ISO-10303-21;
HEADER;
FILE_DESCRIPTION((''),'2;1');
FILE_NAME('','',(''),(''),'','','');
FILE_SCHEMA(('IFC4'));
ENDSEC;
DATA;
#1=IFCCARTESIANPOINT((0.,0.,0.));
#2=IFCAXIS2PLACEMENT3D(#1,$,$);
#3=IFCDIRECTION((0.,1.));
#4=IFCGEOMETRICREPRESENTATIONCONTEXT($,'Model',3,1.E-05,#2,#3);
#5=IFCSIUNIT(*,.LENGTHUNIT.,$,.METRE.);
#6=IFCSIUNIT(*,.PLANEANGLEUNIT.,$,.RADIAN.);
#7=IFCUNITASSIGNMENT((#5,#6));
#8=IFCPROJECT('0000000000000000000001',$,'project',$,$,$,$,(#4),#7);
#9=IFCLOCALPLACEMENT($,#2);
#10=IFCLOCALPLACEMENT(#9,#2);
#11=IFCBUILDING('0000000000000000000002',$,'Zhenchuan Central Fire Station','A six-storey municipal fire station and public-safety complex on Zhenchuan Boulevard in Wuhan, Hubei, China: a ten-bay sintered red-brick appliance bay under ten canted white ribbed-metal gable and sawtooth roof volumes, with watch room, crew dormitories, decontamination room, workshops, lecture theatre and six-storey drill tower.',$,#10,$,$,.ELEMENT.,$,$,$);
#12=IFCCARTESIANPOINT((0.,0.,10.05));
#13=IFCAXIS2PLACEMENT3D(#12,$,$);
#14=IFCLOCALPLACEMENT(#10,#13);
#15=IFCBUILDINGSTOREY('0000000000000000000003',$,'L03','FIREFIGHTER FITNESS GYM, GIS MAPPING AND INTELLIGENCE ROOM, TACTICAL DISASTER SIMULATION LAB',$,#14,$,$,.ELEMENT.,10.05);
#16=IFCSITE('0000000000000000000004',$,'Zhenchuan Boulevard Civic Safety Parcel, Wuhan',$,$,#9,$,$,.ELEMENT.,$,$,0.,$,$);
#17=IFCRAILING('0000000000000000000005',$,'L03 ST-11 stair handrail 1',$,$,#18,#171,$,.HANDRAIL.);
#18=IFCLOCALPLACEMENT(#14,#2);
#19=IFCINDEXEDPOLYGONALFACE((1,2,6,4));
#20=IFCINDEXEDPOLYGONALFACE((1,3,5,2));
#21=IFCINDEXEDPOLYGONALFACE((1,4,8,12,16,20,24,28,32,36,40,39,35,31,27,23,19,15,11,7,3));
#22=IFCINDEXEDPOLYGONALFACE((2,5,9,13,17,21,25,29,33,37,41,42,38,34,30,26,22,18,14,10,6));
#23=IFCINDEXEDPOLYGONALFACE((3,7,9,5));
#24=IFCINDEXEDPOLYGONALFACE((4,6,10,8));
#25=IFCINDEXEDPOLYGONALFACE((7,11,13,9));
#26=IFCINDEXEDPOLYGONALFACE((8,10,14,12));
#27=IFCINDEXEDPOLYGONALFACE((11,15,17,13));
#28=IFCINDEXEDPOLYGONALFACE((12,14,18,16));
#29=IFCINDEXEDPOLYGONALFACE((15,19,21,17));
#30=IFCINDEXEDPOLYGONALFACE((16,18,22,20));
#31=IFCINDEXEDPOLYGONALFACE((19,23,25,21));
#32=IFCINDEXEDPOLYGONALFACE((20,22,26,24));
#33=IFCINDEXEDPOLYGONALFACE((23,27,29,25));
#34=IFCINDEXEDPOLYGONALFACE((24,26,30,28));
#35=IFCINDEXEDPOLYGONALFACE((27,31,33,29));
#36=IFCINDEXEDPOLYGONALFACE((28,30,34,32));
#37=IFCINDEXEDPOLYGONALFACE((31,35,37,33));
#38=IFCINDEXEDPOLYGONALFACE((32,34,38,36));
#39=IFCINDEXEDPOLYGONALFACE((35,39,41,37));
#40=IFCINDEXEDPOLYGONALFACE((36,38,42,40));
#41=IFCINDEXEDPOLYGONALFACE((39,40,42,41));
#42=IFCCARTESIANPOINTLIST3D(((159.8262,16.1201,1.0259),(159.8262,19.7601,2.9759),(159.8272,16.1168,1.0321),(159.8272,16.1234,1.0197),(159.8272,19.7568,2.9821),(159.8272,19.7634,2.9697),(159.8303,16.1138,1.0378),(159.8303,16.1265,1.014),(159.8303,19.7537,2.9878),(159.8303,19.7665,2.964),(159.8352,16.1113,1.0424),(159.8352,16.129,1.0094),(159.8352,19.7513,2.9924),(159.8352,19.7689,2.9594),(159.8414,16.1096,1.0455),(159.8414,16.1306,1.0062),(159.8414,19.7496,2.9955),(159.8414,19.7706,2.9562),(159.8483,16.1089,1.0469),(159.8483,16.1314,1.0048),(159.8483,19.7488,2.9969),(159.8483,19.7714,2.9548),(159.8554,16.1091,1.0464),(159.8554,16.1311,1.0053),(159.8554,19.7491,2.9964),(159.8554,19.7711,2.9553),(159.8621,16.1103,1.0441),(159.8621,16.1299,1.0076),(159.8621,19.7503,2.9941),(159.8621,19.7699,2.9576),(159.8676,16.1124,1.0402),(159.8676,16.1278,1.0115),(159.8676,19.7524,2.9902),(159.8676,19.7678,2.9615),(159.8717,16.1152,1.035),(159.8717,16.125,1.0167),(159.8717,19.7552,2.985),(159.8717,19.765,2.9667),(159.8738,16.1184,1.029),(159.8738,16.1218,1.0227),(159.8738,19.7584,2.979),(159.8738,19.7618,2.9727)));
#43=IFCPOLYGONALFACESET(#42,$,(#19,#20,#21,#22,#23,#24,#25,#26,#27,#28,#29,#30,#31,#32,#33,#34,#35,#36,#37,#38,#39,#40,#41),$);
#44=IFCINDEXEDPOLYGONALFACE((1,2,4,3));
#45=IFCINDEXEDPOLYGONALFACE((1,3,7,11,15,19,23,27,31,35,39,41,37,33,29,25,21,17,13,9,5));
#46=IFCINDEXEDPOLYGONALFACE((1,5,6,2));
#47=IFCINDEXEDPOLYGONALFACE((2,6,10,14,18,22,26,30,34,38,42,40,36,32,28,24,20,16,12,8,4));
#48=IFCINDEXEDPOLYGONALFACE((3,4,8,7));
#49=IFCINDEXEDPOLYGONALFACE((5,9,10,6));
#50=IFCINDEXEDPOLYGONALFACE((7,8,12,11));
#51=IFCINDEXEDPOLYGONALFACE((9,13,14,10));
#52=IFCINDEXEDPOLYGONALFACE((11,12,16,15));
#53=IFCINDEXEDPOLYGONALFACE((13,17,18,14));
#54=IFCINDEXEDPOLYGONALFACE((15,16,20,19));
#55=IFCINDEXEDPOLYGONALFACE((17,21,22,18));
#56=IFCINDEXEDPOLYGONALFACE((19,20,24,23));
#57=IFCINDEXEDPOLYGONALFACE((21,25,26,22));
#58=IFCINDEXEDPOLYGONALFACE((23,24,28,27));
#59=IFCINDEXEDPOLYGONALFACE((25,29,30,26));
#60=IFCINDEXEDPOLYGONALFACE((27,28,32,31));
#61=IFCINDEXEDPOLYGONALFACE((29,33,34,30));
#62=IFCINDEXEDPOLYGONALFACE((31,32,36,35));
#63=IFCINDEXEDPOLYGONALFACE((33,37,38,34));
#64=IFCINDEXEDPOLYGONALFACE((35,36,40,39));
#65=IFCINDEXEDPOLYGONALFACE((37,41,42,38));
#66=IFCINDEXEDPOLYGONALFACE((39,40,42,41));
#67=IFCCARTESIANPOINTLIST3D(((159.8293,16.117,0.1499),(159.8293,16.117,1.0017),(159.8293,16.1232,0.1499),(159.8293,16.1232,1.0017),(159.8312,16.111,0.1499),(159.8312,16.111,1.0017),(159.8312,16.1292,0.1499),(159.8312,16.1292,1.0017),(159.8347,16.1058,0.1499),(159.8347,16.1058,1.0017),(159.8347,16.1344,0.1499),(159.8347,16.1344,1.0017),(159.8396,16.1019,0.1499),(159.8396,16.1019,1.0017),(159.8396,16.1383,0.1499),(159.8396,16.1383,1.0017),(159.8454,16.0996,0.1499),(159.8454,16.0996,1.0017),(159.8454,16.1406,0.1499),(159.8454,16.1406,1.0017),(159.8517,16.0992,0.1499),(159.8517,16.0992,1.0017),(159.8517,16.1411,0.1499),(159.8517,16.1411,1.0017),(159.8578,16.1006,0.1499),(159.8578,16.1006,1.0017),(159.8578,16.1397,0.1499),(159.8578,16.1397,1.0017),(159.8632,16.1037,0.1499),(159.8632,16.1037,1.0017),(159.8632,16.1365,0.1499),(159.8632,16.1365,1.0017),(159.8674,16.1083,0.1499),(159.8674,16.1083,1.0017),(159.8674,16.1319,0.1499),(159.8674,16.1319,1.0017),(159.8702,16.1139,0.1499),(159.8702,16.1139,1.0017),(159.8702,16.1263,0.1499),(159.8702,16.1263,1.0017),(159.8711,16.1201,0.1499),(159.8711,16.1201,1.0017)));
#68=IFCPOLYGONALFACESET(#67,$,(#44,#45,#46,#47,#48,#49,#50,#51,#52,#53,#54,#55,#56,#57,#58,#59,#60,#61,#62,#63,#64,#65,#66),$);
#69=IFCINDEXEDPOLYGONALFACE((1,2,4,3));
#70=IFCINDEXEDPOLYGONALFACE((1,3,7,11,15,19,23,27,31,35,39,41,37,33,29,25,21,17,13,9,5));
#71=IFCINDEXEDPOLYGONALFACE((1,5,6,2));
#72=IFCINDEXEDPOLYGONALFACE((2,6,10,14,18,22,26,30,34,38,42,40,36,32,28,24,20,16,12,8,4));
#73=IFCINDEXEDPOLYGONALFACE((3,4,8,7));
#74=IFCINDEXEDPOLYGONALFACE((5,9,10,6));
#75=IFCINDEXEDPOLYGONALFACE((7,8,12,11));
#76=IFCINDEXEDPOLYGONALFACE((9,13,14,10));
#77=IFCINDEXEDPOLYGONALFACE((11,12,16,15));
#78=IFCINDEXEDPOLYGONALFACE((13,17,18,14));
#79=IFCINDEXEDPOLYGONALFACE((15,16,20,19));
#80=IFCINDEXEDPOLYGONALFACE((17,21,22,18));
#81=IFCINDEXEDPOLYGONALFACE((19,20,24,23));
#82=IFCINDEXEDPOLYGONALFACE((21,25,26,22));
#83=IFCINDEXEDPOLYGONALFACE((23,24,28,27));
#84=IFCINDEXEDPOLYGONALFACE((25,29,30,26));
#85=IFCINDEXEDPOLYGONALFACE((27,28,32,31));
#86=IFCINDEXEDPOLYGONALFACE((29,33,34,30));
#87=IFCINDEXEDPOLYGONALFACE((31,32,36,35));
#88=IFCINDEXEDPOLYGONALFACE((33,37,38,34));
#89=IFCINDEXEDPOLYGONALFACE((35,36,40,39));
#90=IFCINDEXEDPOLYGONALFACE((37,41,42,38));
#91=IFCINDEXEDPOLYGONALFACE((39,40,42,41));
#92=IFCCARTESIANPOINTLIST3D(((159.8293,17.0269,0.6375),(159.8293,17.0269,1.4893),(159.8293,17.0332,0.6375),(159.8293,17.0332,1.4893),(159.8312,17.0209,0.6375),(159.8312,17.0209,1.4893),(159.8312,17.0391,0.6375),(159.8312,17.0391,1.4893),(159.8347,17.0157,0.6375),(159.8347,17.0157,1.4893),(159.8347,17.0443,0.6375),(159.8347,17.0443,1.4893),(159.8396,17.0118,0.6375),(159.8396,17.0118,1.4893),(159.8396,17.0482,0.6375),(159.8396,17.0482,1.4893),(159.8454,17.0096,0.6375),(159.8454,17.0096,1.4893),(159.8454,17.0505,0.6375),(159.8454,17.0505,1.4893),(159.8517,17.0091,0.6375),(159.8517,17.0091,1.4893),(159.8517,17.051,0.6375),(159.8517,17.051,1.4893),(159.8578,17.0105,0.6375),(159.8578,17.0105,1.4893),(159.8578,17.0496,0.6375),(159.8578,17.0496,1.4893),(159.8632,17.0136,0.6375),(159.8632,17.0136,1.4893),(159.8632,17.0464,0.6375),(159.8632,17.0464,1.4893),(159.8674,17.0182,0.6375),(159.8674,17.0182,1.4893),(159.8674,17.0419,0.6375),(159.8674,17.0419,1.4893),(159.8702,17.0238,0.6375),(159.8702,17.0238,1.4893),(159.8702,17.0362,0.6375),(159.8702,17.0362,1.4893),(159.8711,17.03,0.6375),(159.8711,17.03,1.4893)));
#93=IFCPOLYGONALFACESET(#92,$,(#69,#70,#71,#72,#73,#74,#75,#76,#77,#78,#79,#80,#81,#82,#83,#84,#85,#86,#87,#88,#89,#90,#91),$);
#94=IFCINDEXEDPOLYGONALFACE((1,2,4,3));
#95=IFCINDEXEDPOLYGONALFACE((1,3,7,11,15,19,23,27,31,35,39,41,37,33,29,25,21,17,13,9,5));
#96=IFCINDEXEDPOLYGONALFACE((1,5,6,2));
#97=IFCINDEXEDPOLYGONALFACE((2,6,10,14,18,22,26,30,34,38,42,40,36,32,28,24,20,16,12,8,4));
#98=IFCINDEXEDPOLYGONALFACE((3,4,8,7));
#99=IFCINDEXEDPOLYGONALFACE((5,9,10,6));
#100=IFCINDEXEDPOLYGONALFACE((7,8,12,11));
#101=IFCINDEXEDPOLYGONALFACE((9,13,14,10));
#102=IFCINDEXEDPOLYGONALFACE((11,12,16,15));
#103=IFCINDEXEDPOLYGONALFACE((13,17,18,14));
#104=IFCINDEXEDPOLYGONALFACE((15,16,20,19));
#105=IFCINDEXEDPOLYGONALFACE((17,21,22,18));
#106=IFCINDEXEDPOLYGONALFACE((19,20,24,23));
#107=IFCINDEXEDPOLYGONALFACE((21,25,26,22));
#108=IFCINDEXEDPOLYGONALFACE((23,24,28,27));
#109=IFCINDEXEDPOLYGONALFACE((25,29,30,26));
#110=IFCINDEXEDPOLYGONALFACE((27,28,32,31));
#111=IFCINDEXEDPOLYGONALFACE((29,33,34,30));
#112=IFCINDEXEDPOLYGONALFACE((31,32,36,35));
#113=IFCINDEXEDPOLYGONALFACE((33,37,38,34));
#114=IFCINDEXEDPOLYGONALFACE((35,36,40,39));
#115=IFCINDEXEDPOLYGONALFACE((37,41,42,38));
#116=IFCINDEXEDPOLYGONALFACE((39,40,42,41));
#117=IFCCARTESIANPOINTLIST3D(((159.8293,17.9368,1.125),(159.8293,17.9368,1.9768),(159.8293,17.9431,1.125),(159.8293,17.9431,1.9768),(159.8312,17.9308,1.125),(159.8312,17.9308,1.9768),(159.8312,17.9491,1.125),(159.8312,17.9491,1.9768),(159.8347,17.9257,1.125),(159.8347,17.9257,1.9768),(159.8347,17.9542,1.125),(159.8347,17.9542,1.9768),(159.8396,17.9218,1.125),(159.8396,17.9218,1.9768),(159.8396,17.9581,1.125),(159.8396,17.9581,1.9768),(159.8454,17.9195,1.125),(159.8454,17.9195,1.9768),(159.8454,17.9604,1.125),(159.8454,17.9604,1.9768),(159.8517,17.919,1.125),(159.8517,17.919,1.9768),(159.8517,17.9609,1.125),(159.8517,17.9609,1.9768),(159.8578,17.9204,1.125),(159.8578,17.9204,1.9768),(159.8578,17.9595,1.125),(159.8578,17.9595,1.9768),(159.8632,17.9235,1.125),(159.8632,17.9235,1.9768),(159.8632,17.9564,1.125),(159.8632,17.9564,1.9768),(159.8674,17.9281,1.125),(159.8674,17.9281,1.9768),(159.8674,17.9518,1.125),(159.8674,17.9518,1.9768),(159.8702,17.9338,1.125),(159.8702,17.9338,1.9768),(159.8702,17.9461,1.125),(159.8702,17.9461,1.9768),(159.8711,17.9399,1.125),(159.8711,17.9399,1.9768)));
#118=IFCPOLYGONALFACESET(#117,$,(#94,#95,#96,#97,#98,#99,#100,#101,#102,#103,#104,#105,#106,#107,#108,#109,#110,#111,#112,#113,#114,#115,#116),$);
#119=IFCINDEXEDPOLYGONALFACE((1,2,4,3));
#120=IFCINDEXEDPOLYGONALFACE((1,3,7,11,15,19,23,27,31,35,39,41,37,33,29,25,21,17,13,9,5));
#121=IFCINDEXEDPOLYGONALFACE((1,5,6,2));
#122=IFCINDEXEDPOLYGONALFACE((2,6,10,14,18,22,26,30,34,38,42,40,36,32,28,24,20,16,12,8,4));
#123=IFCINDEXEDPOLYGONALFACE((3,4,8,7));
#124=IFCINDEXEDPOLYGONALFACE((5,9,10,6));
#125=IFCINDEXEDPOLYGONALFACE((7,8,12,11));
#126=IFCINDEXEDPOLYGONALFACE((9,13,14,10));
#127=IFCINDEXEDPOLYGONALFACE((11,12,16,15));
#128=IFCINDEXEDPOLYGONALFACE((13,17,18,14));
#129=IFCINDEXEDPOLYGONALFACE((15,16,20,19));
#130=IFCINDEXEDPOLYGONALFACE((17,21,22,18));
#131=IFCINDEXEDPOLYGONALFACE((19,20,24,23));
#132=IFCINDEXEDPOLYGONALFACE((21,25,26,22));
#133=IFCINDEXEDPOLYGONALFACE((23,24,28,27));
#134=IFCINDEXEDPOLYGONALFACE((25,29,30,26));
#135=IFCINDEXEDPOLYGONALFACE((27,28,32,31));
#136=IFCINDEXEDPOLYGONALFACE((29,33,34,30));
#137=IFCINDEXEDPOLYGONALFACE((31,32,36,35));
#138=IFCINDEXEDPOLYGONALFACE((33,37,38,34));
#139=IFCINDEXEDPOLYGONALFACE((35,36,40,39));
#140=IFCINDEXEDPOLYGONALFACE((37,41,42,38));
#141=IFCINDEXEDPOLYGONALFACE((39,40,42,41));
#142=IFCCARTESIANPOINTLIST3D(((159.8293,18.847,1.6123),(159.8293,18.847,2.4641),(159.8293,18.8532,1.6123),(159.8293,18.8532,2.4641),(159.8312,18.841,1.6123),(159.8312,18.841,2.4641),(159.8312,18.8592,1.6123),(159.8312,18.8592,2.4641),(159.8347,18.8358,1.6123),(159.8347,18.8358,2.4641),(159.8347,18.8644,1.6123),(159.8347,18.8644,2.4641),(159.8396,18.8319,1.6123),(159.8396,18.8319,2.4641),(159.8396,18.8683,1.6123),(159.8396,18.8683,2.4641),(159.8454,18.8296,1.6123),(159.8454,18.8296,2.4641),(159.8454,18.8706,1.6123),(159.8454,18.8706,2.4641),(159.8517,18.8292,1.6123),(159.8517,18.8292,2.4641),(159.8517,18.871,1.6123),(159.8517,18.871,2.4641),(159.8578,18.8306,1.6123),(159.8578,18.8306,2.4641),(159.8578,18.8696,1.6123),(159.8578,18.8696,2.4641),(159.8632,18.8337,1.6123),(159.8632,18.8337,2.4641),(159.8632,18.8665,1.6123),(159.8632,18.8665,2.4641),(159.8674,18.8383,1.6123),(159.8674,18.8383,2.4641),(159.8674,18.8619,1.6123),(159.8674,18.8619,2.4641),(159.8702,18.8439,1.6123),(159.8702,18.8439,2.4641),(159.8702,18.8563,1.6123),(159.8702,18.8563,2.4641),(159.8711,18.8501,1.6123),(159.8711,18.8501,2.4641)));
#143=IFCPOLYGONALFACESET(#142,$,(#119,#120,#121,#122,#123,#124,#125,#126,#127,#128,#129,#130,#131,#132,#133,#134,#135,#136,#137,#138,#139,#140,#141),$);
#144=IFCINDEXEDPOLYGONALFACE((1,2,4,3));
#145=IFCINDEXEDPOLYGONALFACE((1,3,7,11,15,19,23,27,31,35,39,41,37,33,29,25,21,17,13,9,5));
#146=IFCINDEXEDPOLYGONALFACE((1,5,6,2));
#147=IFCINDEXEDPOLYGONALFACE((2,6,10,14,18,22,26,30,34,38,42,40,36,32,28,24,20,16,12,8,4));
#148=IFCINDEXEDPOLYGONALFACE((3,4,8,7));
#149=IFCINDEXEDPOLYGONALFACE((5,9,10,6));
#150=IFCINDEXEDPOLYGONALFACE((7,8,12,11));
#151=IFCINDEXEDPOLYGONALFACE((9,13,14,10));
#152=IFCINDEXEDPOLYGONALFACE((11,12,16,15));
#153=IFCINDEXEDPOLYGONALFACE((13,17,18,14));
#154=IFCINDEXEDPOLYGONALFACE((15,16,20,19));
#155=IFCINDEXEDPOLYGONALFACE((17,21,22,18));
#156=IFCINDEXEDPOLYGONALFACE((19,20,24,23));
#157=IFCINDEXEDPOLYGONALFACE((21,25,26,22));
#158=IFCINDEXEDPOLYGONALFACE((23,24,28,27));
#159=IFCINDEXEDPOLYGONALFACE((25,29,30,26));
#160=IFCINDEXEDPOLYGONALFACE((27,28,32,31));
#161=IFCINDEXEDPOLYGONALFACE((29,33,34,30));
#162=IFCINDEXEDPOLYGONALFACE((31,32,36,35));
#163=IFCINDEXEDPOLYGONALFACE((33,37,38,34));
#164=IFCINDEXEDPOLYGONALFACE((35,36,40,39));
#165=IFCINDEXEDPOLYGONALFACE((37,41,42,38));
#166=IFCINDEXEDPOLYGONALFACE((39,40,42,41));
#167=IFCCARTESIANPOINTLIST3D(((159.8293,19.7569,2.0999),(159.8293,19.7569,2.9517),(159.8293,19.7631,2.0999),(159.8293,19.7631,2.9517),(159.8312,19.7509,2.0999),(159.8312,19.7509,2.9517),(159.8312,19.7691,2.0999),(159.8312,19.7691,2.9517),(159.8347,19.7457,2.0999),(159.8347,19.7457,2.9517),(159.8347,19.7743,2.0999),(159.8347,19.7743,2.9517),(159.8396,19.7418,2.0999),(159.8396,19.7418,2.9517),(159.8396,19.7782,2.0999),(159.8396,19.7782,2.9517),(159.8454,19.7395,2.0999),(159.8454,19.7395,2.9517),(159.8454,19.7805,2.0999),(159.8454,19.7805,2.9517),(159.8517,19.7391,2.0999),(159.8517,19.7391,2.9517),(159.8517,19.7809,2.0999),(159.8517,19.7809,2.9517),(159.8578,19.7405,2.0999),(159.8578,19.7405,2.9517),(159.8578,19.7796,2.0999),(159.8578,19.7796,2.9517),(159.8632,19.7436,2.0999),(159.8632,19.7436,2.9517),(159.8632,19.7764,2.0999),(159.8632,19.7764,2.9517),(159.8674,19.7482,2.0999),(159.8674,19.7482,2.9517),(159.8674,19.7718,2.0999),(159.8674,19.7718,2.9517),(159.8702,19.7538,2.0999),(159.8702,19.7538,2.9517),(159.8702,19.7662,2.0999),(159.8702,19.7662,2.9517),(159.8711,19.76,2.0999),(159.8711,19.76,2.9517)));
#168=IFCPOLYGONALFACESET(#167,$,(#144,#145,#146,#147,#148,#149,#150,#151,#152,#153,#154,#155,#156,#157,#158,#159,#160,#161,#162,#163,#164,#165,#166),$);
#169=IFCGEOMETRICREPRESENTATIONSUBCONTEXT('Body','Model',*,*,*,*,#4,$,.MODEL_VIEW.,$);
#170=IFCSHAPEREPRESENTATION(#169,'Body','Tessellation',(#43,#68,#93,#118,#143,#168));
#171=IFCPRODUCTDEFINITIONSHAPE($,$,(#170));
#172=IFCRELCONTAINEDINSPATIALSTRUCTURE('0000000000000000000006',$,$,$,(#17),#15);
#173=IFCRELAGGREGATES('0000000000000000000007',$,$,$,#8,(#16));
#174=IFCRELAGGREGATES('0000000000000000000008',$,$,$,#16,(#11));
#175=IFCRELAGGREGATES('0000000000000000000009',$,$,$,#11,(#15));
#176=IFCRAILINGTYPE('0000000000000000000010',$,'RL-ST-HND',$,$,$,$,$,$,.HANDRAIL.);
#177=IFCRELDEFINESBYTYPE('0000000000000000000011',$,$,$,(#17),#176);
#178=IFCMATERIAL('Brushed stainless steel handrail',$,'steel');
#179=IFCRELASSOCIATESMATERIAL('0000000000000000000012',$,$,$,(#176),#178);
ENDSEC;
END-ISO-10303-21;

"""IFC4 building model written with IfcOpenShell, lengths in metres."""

from ifc_helpers import new_model, si_unit, direction, frame, origin, origin_2d, place, context, subcontext, project, spatial, circle, extrude, material, type_object, element, save


model = new_model("IFC4")

# Units and contexts
model_context = context("Model", 3, precision=1e-05, world=origin(), true_north=direction((0.0, 1.0)))
body_context = subcontext(model_context, "Body", "Model", "MODEL_VIEW")
ifc_project = project(units=[si_unit("LENGTHUNIT", "METRE"), si_unit("PLANEANGLEUNIT", "RADIAN")], contexts=[model_context])

# Site, building, storey
site_placement = place(None, origin())
site = spatial("IfcSite", under=ifc_project, at=site_placement, Name="Zhenchuan Boulevard Civic Safety Parcel, Wuhan", CompositionType="ELEMENT", RefElevation=0.0)
building_placement = place(site_placement, origin())
building = spatial("IfcBuilding", under=site, at=building_placement, Name="Zhenchuan Central Fire Station", Description="A six-storey municipal fire station and public-safety complex on Zhenchuan Boulevard in Wuhan, Hubei, China: a ten-bay sintered red-brick appliance bay under ten canted white ribbed-metal gable and sawtooth roof volumes, with watch room, crew dormitories, decontamination room, workshops, lecture theatre and six-storey drill tower.", CompositionType="ELEMENT")
storey_placement = place(building_placement, frame((0.0, 0.0, 10.05)))
storey = spatial("IfcBuildingStorey", under=building, at=storey_placement, Name="L03", Description="FIREFIGHTER FITNESS GYM, GIS MAPPING AND INTELLIGENCE ROOM, TACTICAL DISASTER SIMULATION LAB", CompositionType="ELEMENT", Elevation=10.05)

# Railing
ifc_material_1 = material(Name="Brushed stainless steel handrail", Category="steel")
railing_type_1 = type_object("IfcRailingType", Name="RL-ST-HND", PredefinedType="HANDRAIL", material=ifc_material_1)
railing_1_placement = place(storey_placement, frame((159.8501, 16.1201, 0.1499)))
element("IfcRailing", 1, at=railing_1_placement, inside=storey, type_object=railing_type_1, Name="L03 ST-11 stair handrail 1", PredefinedType="HANDRAIL", context=body_context, shape_type="SweptSolid", body=[
    extrude(circle(Radius=0.0239, at=origin_2d()), frame((0.0, 0.0, 0.876), z_axis=(0.0, 0.881479, 0.472223), x_axis=(-1.0, 0.0, 0.0)), (0.0, 0.0, 1.0), 4.1294),
    extrude(circle(Radius=0.021, at=origin_2d()), origin(), (0.0, 0.0, 1.0), 0.8518),
    extrude(circle(Radius=0.021, at=origin_2d()), frame((0.0, 0.9099, 0.4875)), (0.0, 0.0, 1.0), 0.8518),
    extrude(circle(Radius=0.021, at=origin_2d()), frame((0.0, 1.8198, 0.9751)), (0.0, 0.0, 1.0), 0.8518),
    extrude(circle(Radius=0.021, at=origin_2d()), frame((0.0, 2.73, 1.4624)), (0.0, 0.0, 1.0), 0.8518),
    extrude(circle(Radius=0.021, at=origin_2d()), frame((0.0, 3.6399, 1.95)), (0.0, 0.0, 1.0), 0.8518),
])

save(model, "model.ifc")
